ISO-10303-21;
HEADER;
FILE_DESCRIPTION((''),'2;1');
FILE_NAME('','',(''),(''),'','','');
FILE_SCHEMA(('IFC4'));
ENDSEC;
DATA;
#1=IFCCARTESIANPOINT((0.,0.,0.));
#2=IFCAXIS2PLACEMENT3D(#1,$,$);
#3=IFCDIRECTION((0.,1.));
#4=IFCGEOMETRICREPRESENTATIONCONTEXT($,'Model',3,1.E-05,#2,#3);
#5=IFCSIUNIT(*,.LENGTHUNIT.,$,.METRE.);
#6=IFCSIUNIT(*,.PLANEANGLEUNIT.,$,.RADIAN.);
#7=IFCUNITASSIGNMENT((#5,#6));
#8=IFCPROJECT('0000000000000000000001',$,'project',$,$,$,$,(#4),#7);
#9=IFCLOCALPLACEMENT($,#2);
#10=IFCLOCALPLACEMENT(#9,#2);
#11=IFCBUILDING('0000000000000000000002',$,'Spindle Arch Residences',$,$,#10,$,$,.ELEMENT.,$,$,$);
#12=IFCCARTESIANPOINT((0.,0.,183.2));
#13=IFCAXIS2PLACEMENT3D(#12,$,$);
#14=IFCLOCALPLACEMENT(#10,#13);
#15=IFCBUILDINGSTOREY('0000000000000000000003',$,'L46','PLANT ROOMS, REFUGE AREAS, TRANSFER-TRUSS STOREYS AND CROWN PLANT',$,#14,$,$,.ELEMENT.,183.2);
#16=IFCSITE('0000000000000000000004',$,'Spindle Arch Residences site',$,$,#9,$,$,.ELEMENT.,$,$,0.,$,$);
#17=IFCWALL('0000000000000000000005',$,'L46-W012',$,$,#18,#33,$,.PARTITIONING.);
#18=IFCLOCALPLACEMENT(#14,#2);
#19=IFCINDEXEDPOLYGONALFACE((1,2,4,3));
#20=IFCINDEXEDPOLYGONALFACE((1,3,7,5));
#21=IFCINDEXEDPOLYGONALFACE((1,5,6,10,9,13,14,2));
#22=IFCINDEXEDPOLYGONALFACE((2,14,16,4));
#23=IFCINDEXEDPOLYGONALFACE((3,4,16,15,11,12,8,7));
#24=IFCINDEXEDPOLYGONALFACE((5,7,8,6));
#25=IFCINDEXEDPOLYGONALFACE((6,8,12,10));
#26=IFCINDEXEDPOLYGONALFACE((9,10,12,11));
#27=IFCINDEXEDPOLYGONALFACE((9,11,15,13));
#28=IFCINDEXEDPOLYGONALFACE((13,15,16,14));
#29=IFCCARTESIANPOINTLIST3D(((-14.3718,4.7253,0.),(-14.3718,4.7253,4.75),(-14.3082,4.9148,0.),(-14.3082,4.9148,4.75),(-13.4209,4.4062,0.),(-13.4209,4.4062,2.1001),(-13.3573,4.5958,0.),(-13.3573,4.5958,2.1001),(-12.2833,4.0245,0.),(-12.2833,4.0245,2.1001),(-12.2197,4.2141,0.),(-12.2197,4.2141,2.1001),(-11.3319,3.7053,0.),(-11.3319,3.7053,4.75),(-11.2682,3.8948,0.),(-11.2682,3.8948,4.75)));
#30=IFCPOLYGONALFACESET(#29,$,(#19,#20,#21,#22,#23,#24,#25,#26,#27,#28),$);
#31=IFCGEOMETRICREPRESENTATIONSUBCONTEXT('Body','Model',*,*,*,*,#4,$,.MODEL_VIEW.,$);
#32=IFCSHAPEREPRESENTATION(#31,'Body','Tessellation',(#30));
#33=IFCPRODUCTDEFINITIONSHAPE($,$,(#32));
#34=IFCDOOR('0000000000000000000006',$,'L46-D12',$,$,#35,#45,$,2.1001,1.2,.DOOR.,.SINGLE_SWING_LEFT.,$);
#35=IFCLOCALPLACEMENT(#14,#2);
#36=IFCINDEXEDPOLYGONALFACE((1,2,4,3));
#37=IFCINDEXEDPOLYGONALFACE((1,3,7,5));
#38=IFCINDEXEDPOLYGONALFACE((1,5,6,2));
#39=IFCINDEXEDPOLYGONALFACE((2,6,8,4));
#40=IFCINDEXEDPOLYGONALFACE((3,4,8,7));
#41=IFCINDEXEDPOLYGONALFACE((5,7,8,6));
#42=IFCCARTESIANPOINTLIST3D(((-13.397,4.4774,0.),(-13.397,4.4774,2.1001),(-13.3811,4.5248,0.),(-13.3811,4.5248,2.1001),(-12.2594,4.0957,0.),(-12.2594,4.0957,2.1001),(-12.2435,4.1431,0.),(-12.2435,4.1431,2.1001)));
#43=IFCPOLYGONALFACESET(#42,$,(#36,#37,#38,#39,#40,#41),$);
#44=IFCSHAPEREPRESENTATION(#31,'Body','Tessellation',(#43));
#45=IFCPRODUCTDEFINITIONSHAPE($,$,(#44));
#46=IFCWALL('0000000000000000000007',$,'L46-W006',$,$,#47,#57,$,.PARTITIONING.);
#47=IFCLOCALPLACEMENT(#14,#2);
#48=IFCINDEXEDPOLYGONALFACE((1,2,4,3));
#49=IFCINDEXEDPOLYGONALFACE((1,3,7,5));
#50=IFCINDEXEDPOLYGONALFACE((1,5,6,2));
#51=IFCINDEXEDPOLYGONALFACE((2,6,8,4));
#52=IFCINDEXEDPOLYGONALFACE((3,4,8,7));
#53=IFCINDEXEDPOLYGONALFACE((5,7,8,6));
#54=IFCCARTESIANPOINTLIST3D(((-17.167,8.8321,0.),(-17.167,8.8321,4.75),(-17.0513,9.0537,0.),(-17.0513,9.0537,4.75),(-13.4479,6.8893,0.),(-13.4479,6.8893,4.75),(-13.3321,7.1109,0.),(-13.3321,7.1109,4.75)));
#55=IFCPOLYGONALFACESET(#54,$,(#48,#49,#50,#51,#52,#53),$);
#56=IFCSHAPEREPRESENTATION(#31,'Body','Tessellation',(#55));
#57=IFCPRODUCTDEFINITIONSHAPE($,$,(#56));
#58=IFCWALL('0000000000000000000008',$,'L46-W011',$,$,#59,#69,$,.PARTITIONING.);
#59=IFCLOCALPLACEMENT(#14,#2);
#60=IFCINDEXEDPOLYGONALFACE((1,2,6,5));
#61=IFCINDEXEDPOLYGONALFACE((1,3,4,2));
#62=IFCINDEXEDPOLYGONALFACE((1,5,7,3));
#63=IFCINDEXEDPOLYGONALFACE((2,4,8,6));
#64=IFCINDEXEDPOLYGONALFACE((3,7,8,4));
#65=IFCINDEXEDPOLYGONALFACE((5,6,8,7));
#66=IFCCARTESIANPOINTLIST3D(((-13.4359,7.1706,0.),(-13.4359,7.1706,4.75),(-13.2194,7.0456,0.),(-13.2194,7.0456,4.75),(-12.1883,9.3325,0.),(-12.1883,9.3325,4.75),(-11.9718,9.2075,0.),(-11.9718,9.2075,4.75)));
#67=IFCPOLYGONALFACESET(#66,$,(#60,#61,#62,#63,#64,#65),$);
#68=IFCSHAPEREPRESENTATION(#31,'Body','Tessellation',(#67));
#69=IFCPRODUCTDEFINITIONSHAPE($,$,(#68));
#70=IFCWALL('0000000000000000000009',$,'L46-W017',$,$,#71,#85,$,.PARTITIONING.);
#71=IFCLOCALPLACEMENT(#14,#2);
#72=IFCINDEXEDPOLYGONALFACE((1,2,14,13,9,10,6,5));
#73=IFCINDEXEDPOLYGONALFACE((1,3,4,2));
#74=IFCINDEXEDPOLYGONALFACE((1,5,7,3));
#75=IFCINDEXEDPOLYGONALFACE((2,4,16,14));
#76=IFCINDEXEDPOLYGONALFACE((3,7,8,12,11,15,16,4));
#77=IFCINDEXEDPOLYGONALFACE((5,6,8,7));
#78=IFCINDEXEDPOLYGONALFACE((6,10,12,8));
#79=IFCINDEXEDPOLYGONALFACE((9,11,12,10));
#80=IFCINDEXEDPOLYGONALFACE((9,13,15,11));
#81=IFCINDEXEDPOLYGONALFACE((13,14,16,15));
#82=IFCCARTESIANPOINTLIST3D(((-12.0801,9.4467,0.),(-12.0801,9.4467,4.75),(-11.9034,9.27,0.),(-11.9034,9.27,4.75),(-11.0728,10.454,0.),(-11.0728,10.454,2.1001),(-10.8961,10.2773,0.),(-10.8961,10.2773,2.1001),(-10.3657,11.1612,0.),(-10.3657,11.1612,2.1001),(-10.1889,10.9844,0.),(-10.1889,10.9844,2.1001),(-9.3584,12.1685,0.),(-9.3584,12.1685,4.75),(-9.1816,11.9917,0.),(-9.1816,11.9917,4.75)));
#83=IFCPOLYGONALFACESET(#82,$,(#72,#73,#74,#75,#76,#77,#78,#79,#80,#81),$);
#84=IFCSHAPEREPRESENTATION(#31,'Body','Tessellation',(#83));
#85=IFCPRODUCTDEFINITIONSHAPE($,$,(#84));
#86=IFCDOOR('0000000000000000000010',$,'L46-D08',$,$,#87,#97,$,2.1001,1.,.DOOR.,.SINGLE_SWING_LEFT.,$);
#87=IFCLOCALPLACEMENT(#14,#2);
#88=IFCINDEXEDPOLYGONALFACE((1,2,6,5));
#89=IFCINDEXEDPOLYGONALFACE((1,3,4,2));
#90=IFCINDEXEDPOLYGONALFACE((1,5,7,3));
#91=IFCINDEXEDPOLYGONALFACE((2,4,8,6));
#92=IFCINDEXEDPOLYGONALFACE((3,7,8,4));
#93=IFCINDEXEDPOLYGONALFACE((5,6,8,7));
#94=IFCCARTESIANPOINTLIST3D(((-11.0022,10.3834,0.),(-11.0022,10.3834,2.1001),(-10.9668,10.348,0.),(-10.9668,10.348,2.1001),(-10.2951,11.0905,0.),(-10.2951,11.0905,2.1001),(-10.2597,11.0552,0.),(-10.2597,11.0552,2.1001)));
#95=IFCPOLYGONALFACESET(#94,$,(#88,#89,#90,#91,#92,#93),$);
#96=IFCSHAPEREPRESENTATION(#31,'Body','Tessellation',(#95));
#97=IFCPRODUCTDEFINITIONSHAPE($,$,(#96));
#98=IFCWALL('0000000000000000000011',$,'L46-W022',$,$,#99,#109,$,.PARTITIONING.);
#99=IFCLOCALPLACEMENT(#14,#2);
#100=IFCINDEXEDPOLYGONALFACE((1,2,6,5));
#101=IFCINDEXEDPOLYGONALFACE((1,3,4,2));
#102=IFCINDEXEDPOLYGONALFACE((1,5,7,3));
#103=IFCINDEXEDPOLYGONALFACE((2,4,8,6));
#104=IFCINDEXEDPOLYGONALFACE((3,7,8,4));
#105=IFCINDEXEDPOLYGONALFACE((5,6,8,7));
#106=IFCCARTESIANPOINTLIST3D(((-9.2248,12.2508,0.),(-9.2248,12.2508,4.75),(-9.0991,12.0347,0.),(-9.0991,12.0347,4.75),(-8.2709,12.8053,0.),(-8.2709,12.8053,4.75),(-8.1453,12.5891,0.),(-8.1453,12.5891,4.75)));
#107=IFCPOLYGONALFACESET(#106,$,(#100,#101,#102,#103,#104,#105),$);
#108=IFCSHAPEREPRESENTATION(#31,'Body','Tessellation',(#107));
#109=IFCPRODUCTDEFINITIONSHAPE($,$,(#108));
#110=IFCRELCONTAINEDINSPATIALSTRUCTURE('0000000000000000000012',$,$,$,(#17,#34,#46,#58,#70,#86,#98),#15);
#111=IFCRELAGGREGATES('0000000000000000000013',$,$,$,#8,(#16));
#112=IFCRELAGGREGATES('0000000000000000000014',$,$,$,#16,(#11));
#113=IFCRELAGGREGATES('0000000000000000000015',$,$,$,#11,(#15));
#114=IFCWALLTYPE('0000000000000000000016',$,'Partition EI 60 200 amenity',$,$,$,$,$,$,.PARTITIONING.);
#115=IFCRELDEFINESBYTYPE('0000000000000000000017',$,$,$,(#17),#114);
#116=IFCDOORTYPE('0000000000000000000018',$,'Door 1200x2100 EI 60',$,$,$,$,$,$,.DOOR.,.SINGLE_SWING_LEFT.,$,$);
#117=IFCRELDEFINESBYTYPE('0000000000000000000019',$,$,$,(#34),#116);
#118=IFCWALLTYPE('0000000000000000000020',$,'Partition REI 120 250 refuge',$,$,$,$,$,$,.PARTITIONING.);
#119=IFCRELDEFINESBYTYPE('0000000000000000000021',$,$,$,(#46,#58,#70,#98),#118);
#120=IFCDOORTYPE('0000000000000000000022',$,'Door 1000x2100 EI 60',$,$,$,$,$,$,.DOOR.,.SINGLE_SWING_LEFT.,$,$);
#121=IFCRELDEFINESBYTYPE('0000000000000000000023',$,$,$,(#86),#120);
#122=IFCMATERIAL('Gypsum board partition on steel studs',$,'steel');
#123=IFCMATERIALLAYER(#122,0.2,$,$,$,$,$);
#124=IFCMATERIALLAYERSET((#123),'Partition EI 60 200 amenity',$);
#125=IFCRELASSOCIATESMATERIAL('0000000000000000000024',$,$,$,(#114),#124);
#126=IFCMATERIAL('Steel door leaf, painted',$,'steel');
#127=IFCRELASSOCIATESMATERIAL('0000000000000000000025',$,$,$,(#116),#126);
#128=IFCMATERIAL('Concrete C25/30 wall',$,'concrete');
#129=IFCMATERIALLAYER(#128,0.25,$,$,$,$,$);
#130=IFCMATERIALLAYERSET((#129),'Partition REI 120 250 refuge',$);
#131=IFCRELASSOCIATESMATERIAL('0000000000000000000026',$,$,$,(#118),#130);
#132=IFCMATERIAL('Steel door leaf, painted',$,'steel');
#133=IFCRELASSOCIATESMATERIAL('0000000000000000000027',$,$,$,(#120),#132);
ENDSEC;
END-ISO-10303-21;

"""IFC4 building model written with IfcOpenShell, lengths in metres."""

from ifc_helpers import new_model, si_unit, direction, frame, frame_2d, origin, place, context, subcontext, project, spatial, rectangle, extrude, material, layer, layer_set, type_object, element, fill, save


model = new_model("IFC4")

# Units and contexts
model_context = context("Model", 3, precision=1e-05, world=origin(), true_north=direction((0.0, 1.0)))
body_context = subcontext(model_context, "Body", "Model", "MODEL_VIEW")
ifc_project = project(units=[si_unit("LENGTHUNIT", "METRE"), si_unit("PLANEANGLEUNIT", "RADIAN")], contexts=[model_context])

# Site, building, storey
site_placement = place(None, origin())
site = spatial("IfcSite", under=ifc_project, at=site_placement, Name="Spindle Arch Residences site", CompositionType="ELEMENT", RefElevation=0.0)
building_placement = place(site_placement, origin())
building = spatial("IfcBuilding", under=site, at=building_placement, Name="Spindle Arch Residences", CompositionType="ELEMENT")
storey_placement = place(building_placement, frame((0.0, 0.0, 183.2)))
storey = spatial("IfcBuildingStorey", under=building, at=storey_placement, Name="L46", Description="PLANT ROOMS, REFUGE AREAS, TRANSFER-TRUSS STOREYS AND CROWN PLANT", CompositionType="ELEMENT", Elevation=183.2)

# Wall, opening, door
ifc_material_1 = material(Name="Gypsum board partition on steel studs", Category="steel")
ifc_layer_1 = layer(ifc_material_1, 0.2)
ifc_layer_set_1 = layer_set([ifc_layer_1], Name="Partition EI 60 200 amenity")
wall_type_1 = type_object("IfcWallType", Name="Partition EI 60 200 amenity", PredefinedType="PARTITIONING", material=ifc_layer_set_1)
wall_1_placement = place(storey_placement, frame((-11.3, 3.8, 0.0), z_axis=(0.0, 0.0, 1.0), x_axis=(-0.948057, 0.3181, 0.0)))
wall_1 = element("IfcWall", 1, at=wall_1_placement, inside=storey, type_object=wall_type_1, Name="L46-W012", PredefinedType="PARTITIONING", context=body_context, shape_type="SweptSolid", body=[
    extrude(rectangle(XDim=3.2065, YDim=0.2, at=frame_2d((1.6033, 0.0))), origin(), (0.0, 0.0, 1.0), 4.75),
])
opening_1_placement = place(wall_1_placement, frame((1.0034, 0.0, 0.0)))
opening_1 = element("IfcOpeningElement", 2, at=opening_1_placement, cuts=wall_1, PredefinedType="OPENING", context=body_context, shape_type="SweptSolid", body=[
    extrude(rectangle(XDim=1.2, YDim=2.1001, at=frame_2d((0.6001, 1.05))), frame((0.0, 0.1099, 0.0), z_axis=(0.0, -1.0, 0.0), x_axis=(1.0, 0.0, 0.0)), (0.0, 0.0, 1.0), 0.22),
])
ifc_material_2 = material(Name="Steel door leaf, painted", Category="steel")
door_type_1 = type_object("IfcDoorType", Name="Door 1200x2100 EI 60", OperationType="SINGLE_SWING_LEFT", PredefinedType="DOOR", material=ifc_material_2)
door_1_placement = place(opening_1_placement, origin())
door_1 = element("IfcDoor", 3, at=door_1_placement, inside=storey, type_object=door_type_1, Name="L46-D12", OperationType="SINGLE_SWING_LEFT", OverallHeight=2.1001, OverallWidth=1.2, PredefinedType="DOOR", context=body_context, shape_type="SweptSolid", body=[
    extrude(rectangle(XDim=1.2, YDim=2.1001, at=frame_2d((0.6001, 1.05))), frame((0.0, 0.0249, 0.0), z_axis=(0.0, -1.0, 0.0), x_axis=(1.0, 0.0, 0.0)), (0.0, 0.0, 1.0), 0.05),
])
fill(opening_1, door_1)

# Walls
ifc_material_3 = material(Name="Concrete C25/30 wall", Category="concrete")
ifc_layer_2 = layer(ifc_material_3, 0.25)
ifc_layer_set_2 = layer_set([ifc_layer_2], Name="Partition REI 120 250 refuge")
wall_type_2 = type_object("IfcWallType", Name="Partition REI 120 250 refuge", PredefinedType="PARTITIONING", material=ifc_layer_set_2)
wall_2_placement = place(storey_placement, frame((-13.3899, 7.0, 0.0), z_axis=(0.0, 0.0, 1.0), x_axis=(-0.88635, 0.463015, 0.0)))
element("IfcWall", 4, at=wall_2_placement, inside=storey, type_object=wall_type_2, Name="L46-W006", PredefinedType="PARTITIONING", context=body_context, shape_type="SweptSolid", body=[
    extrude(rectangle(XDim=4.196, YDim=0.25, at=frame_2d((2.0981, 0.0))), origin(), (0.0, 0.0, 1.0), 4.75),
])
wall_3_placement = place(storey_placement, frame((-12.0801, 9.27, 0.0), z_axis=(0.0, 0.0, 1.0), x_axis=(-0.499821, -0.866129, 0.0)))
element("IfcWall", 5, at=wall_3_placement, inside=storey, type_object=wall_type_2, Name="L46-W011", PredefinedType="PARTITIONING", context=body_context, shape_type="SweptSolid", body=[
    extrude(rectangle(XDim=2.4961, YDim=0.25, at=frame_2d((1.248, 0.0))), origin(), (0.0, 0.0, 1.0), 4.75),
])

# Wall, opening, door
wall_4_placement = place(storey_placement, frame((-9.27, 12.0801, 0.0), z_axis=(0.0, 0.0, 1.0), x_axis=(-0.707107, -0.707107, 0.0)))
wall_4 = element("IfcWall", 6, at=wall_4_placement, inside=storey, type_object=wall_type_2, Name="L46-W017", PredefinedType="PARTITIONING", context=body_context, shape_type="SweptSolid", body=[
    extrude(rectangle(XDim=3.8491, YDim=0.25, at=frame_2d((1.9246, 0.0))), origin(), (0.0, 0.0, 1.0), 4.75),
])
opening_2_placement = place(wall_4_placement, frame((1.4246, 0.0, 0.0)))
opening_2 = element("IfcOpeningElement", 7, at=opening_2_placement, cuts=wall_4, PredefinedType="OPENING", context=body_context, shape_type="SweptSolid", body=[
    extrude(rectangle(XDim=1.0, YDim=2.1001, at=frame_2d((0.5, 1.05))), frame((0.0, 0.135, 0.0), z_axis=(0.0, -1.0, 0.0), x_axis=(1.0, 0.0, 0.0)), (0.0, 0.0, 1.0), 0.27),
])
ifc_material_4 = material(Name="Steel door leaf, painted", Category="steel")
door_type_2 = type_object("IfcDoorType", Name="Door 1000x2100 EI 60", OperationType="SINGLE_SWING_LEFT", PredefinedType="DOOR", material=ifc_material_4)
door_2_placement = place(opening_2_placement, origin())
door_2 = element("IfcDoor", 8, at=door_2_placement, inside=storey, type_object=door_type_2, Name="L46-D08", OperationType="SINGLE_SWING_LEFT", OverallHeight=2.1001, OverallWidth=1.0, PredefinedType="DOOR", context=body_context, shape_type="SweptSolid", body=[
    extrude(rectangle(XDim=1.0, YDim=2.1001, at=frame_2d((0.5, 1.05))), frame((0.0, 0.0249, 0.0), z_axis=(0.0, -1.0, 0.0), x_axis=(1.0, 0.0, 0.0)), (0.0, 0.0, 1.0), 0.05),
])
fill(opening_2, door_2)

# Wall
wall_5_placement = place(storey_placement, frame((-8.208, 12.6973, 0.0), z_axis=(0.0, 0.0, 1.0), x_axis=(-0.864556, -0.502536, 0.0)))
element("IfcWall", 9, at=wall_5_placement, inside=storey, type_object=wall_type_2, Name="L46-W022", PredefinedType="PARTITIONING", context=body_context, shape_type="SweptSolid", body=[
    extrude(rectangle(XDim=1.1033, YDim=0.25, at=frame_2d((0.5518, 0.0))), origin(), (0.0, 0.0, 1.0), 4.75),
])

save(model, "model.ifc")
